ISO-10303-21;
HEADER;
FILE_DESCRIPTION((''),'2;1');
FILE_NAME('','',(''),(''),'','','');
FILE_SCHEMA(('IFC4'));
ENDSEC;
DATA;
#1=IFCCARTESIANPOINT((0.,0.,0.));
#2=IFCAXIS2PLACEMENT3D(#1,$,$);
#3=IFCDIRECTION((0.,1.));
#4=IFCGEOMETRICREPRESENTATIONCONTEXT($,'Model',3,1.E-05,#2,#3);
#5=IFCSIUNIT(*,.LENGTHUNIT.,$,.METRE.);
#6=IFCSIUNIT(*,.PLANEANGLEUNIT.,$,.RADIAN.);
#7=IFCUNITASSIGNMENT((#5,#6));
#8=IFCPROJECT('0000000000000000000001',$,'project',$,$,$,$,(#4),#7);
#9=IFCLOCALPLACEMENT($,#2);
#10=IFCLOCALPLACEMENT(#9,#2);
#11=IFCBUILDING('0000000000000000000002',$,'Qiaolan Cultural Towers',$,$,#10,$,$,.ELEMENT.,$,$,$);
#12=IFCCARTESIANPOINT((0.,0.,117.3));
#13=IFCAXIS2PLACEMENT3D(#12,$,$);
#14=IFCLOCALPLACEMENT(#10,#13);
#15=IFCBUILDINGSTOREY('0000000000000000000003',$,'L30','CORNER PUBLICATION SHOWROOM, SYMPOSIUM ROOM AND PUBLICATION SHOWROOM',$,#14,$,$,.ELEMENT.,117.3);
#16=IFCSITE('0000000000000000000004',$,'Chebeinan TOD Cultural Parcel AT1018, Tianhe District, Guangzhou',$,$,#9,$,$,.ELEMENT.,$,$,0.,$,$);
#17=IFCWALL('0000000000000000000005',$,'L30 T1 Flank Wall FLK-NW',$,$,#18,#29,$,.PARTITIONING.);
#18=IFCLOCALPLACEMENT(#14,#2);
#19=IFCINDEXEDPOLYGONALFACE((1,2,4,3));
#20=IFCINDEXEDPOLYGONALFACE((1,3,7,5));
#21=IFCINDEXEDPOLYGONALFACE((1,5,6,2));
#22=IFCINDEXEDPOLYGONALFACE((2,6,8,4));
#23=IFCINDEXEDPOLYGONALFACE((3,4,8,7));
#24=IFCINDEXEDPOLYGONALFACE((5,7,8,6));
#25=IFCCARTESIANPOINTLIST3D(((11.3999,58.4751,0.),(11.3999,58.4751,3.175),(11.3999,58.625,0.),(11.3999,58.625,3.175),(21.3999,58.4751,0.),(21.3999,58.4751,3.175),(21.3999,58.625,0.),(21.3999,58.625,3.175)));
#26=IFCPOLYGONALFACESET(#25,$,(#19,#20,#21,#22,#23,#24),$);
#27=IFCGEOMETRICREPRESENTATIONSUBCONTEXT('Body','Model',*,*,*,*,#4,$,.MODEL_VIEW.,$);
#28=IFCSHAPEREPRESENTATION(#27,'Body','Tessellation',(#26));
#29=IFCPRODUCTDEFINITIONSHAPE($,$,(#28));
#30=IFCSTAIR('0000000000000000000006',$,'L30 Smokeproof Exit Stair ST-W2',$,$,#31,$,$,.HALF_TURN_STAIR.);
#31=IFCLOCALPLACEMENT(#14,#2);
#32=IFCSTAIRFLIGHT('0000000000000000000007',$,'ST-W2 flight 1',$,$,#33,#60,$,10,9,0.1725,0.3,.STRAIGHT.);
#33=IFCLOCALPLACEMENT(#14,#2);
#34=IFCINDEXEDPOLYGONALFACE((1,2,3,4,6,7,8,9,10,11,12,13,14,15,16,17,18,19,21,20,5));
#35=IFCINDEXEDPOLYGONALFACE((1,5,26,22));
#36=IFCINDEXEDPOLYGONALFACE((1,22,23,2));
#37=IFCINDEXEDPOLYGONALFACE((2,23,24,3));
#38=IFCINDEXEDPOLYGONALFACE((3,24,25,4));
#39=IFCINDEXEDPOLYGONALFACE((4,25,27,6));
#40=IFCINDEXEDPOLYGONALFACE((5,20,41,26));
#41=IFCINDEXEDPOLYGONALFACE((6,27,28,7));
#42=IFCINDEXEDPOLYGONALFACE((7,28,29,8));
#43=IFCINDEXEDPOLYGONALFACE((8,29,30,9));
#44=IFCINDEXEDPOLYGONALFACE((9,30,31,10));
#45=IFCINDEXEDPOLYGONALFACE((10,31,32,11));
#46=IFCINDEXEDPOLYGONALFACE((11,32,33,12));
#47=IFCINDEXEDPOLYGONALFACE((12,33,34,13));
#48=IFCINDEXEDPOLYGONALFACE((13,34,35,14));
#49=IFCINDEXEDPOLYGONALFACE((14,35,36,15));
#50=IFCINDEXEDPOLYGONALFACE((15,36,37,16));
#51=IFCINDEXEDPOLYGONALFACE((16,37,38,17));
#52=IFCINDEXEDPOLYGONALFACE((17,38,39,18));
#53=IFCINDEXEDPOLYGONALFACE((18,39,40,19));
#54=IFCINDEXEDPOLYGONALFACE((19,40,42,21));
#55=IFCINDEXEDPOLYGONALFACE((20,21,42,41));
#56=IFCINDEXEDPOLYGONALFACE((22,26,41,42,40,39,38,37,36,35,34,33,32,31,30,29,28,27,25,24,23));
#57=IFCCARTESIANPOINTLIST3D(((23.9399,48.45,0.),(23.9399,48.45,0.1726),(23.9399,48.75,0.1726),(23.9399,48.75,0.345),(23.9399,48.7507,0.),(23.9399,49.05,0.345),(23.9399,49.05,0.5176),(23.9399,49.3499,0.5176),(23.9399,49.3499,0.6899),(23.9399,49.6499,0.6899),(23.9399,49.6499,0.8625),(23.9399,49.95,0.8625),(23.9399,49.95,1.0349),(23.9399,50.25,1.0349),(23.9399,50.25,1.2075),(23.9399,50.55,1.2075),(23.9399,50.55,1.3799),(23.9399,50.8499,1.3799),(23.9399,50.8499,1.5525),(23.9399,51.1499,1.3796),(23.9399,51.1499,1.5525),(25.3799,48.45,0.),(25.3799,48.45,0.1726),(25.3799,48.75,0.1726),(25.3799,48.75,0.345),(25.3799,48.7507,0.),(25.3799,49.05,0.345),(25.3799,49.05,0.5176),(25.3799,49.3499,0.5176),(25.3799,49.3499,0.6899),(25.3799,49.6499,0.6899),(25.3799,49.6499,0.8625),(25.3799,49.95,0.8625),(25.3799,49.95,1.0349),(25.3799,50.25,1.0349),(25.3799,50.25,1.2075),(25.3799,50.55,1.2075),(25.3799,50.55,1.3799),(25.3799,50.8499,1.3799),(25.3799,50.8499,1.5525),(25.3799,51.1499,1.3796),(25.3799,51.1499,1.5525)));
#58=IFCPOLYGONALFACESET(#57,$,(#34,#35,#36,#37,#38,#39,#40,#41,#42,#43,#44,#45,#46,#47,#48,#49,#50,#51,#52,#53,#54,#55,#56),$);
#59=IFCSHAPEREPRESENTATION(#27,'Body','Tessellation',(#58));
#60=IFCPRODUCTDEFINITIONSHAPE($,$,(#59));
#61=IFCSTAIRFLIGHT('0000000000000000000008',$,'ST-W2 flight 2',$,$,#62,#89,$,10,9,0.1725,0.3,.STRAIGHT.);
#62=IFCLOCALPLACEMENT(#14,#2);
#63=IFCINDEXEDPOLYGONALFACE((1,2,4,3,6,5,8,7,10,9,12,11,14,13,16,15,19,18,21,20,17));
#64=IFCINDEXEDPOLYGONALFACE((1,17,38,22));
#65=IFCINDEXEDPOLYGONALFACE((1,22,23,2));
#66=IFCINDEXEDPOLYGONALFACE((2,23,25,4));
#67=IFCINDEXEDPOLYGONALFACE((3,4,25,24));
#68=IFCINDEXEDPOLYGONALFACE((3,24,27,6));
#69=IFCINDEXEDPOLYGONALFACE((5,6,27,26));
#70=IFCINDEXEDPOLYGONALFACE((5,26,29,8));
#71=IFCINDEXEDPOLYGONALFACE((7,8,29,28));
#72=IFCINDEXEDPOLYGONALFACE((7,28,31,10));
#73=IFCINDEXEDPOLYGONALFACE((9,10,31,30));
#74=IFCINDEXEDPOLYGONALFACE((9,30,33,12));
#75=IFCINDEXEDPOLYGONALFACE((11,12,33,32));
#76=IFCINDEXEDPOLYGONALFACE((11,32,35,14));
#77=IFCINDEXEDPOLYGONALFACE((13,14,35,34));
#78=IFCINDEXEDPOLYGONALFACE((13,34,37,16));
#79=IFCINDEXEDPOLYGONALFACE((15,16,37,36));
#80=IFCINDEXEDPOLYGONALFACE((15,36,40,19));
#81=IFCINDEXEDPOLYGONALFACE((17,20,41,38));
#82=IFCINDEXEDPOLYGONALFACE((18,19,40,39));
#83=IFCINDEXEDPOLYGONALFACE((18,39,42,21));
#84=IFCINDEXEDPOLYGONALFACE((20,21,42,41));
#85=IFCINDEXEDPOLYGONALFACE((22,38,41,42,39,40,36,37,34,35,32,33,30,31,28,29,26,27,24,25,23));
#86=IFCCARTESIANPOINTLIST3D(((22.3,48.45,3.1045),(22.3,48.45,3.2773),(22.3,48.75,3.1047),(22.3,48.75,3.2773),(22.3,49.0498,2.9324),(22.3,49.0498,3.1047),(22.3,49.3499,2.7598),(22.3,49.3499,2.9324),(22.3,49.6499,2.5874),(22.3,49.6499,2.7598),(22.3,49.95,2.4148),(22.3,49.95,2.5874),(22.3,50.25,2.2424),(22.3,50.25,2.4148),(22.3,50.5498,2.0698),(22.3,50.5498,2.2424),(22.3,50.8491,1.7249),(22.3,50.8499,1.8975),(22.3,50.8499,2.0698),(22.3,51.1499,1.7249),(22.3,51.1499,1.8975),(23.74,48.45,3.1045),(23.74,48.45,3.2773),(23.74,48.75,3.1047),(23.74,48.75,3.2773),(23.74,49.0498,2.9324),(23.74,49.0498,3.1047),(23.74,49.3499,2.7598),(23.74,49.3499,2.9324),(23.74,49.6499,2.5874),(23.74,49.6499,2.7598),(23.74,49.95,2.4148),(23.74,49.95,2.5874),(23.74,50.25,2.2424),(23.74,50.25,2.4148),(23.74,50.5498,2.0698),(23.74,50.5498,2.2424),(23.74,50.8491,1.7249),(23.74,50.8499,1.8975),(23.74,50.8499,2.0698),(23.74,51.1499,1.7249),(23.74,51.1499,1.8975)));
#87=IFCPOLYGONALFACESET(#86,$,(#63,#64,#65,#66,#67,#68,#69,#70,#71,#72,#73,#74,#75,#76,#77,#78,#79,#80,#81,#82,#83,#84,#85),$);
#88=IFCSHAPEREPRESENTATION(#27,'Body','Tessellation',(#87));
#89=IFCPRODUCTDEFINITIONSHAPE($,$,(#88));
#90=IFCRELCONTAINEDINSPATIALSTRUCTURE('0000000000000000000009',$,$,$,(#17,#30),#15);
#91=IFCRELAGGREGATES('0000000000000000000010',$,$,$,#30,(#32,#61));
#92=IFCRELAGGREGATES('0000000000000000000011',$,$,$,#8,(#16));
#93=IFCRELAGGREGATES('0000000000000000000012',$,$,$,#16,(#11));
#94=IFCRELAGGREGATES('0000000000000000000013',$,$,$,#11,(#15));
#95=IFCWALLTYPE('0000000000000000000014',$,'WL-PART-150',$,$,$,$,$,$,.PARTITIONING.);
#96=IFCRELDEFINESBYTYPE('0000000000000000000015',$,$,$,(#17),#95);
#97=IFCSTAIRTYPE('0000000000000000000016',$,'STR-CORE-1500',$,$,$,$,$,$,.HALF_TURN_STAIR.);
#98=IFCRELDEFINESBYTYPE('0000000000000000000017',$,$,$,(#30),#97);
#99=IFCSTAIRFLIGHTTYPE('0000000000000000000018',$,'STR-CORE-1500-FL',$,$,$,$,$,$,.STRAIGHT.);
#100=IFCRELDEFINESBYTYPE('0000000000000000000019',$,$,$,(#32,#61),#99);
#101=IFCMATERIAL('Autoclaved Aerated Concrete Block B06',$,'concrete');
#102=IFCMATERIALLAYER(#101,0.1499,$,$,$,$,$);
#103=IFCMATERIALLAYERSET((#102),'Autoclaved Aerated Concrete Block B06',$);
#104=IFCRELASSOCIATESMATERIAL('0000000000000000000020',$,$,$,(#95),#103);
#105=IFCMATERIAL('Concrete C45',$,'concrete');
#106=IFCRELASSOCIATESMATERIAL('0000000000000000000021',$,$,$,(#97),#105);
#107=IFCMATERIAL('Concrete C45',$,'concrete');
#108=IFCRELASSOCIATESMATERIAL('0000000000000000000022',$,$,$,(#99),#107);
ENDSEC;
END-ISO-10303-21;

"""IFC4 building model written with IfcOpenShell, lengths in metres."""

from ifc_helpers import new_model, si_unit, direction, frame, frame_2d, origin, place, context, subcontext, project, spatial, polyline, rectangle, outline, extrude, material, layer, layer_set, type_object, element, aggregate, save


model = new_model("IFC4")

# Units and contexts
model_context = context("Model", 3, precision=1e-05, world=origin(), true_north=direction((0.0, 1.0)))
body_context = subcontext(model_context, "Body", "Model", "MODEL_VIEW")
ifc_project = project(units=[si_unit("LENGTHUNIT", "METRE"), si_unit("PLANEANGLEUNIT", "RADIAN")], contexts=[model_context])

# Site, building, storey
site_placement = place(None, origin())
site = spatial("IfcSite", under=ifc_project, at=site_placement, Name="Chebeinan TOD Cultural Parcel AT1018, Tianhe District, Guangzhou", CompositionType="ELEMENT", RefElevation=0.0)
building_placement = place(site_placement, origin())
building = spatial("IfcBuilding", under=site, at=building_placement, Name="Qiaolan Cultural Towers", CompositionType="ELEMENT")
storey_placement = place(building_placement, frame((0.0, 0.0, 117.3)))
storey = spatial("IfcBuildingStorey", under=building, at=storey_placement, Name="L30", Description="CORNER PUBLICATION SHOWROOM, SYMPOSIUM ROOM AND PUBLICATION SHOWROOM", CompositionType="ELEMENT", Elevation=117.3)

# Wall
ifc_material_1 = material(Name="Autoclaved Aerated Concrete Block B06", Category="concrete")
ifc_layer_1 = layer(ifc_material_1, 0.1499)
ifc_layer_set_1 = layer_set([ifc_layer_1], Name="Autoclaved Aerated Concrete Block B06")
wall_type_1 = type_object("IfcWallType", Name="WL-PART-150", PredefinedType="PARTITIONING", material=ifc_layer_set_1)
wall_1_placement = place(storey_placement, frame((11.3999, 58.55, 0.0), z_axis=(0.0, 0.0, 1.0), x_axis=(1.0, 0.0, 0.0)))
element("IfcWall", 1, at=wall_1_placement, inside=storey, type_object=wall_type_1, Name="L30 T1 Flank Wall FLK-NW", PredefinedType="PARTITIONING", context=body_context, shape_type="SweptSolid", body=[
    extrude(rectangle(XDim=10.0, YDim=0.1499, at=frame_2d((5.0, 0.0))), origin(), (0.0, 0.0, 1.0), 3.175),
])

# Stair, stair flights
ifc_material_2 = material(Name="Concrete C45", Category="concrete")
stair_type = type_object("IfcStairType", Name="STR-CORE-1500", PredefinedType="HALF_TURN_STAIR", material=ifc_material_2)
stair_placement = place(storey_placement, origin())
stair = element("IfcStair", 2, at=stair_placement, inside=storey, type_object=stair_type, Name="L30 Smokeproof Exit Stair ST-W2", PredefinedType="HALF_TURN_STAIR")
ifc_material_3 = material(Name="Concrete C45", Category="concrete")
stair_flight_type = type_object("IfcStairFlightType", Name="STR-CORE-1500-FL", PredefinedType="STRAIGHT", material=ifc_material_3)
stair_flight_1_placement = place(storey_placement, frame((24.6599, 48.45, 0.0), z_axis=(0.0, 0.0, 1.0), x_axis=(0.0, 1.0, 0.0)))
stair_flight_1 = element("IfcStairFlight", 3, at=stair_flight_1_placement, type_object=stair_flight_type, Name="ST-W2 flight 1", NumberOfRisers=10, NumberOfTreads=9, PredefinedType="STRAIGHT", RiserHeight=0.1725, TreadLength=0.3, context=body_context, shape_type="SweptSolid", body=[
    extrude(outline(polyline([(0.0, 0.0), (0.0, 0.1726), (0.3, 0.1726), (0.3, 0.345), (0.6001, 0.345), (0.6001, 0.5176), (0.8999, 0.5176), (0.8999, 0.6899), (1.2, 0.6899), (1.2, 0.8625), (1.5, 0.8625), (1.5, 1.0349), (1.8, 1.0349), (1.8, 1.2075), (2.1001, 1.2075), (2.1001, 1.3799), (2.3999, 1.3799), (2.3999, 1.5525), (2.7, 1.5525), (2.7, 1.7251), (2.7, 1.3796), (0.3008, 0.0), (0.0, 0.0)])), frame((0.0, 0.72, 0.0), z_axis=(0.0, -1.0, 0.0), x_axis=(1.0, 0.0, 0.0)), (0.0, 0.0, 1.0), 1.4399),
])
stair_flight_2_placement = place(storey_placement, frame((23.02, 51.1499, 1.7249), z_axis=(0.0, 0.0, 1.0), x_axis=(0.0, -1.0, 0.0)))
stair_flight_2 = element("IfcStairFlight", 4, at=stair_flight_2_placement, type_object=stair_flight_type, Name="ST-W2 flight 2", NumberOfRisers=10, NumberOfTreads=9, PredefinedType="STRAIGHT", RiserHeight=0.1725, TreadLength=0.3, context=body_context, shape_type="SweptSolid", body=[
    extrude(outline(polyline([(0.0, 0.0), (0.0, 0.1726), (0.3, 0.1726), (0.3, 0.345), (0.6001, 0.345), (0.6001, 0.5176), (0.8999, 0.5176), (0.8999, 0.6899), (1.2, 0.6899), (1.2, 0.8625), (1.5, 0.8625), (1.5, 1.0349), (1.8, 1.0349), (1.8, 1.2075), (2.1001, 1.2075), (2.1001, 1.3799), (2.3999, 1.3799), (2.3999, 1.5525), (2.7, 1.5525), (2.7, 1.7251), (2.7, 1.3796), (0.3008, 0.0), (0.0, 0.0)])), frame((0.0, 0.72, 0.0), z_axis=(0.0, -1.0, 0.0), x_axis=(1.0, 0.0, 0.0)), (0.0, 0.0, 1.0), 1.4399),
])
aggregate(stair, [stair_flight_1, stair_flight_2])

save(model, "model.ifc")
